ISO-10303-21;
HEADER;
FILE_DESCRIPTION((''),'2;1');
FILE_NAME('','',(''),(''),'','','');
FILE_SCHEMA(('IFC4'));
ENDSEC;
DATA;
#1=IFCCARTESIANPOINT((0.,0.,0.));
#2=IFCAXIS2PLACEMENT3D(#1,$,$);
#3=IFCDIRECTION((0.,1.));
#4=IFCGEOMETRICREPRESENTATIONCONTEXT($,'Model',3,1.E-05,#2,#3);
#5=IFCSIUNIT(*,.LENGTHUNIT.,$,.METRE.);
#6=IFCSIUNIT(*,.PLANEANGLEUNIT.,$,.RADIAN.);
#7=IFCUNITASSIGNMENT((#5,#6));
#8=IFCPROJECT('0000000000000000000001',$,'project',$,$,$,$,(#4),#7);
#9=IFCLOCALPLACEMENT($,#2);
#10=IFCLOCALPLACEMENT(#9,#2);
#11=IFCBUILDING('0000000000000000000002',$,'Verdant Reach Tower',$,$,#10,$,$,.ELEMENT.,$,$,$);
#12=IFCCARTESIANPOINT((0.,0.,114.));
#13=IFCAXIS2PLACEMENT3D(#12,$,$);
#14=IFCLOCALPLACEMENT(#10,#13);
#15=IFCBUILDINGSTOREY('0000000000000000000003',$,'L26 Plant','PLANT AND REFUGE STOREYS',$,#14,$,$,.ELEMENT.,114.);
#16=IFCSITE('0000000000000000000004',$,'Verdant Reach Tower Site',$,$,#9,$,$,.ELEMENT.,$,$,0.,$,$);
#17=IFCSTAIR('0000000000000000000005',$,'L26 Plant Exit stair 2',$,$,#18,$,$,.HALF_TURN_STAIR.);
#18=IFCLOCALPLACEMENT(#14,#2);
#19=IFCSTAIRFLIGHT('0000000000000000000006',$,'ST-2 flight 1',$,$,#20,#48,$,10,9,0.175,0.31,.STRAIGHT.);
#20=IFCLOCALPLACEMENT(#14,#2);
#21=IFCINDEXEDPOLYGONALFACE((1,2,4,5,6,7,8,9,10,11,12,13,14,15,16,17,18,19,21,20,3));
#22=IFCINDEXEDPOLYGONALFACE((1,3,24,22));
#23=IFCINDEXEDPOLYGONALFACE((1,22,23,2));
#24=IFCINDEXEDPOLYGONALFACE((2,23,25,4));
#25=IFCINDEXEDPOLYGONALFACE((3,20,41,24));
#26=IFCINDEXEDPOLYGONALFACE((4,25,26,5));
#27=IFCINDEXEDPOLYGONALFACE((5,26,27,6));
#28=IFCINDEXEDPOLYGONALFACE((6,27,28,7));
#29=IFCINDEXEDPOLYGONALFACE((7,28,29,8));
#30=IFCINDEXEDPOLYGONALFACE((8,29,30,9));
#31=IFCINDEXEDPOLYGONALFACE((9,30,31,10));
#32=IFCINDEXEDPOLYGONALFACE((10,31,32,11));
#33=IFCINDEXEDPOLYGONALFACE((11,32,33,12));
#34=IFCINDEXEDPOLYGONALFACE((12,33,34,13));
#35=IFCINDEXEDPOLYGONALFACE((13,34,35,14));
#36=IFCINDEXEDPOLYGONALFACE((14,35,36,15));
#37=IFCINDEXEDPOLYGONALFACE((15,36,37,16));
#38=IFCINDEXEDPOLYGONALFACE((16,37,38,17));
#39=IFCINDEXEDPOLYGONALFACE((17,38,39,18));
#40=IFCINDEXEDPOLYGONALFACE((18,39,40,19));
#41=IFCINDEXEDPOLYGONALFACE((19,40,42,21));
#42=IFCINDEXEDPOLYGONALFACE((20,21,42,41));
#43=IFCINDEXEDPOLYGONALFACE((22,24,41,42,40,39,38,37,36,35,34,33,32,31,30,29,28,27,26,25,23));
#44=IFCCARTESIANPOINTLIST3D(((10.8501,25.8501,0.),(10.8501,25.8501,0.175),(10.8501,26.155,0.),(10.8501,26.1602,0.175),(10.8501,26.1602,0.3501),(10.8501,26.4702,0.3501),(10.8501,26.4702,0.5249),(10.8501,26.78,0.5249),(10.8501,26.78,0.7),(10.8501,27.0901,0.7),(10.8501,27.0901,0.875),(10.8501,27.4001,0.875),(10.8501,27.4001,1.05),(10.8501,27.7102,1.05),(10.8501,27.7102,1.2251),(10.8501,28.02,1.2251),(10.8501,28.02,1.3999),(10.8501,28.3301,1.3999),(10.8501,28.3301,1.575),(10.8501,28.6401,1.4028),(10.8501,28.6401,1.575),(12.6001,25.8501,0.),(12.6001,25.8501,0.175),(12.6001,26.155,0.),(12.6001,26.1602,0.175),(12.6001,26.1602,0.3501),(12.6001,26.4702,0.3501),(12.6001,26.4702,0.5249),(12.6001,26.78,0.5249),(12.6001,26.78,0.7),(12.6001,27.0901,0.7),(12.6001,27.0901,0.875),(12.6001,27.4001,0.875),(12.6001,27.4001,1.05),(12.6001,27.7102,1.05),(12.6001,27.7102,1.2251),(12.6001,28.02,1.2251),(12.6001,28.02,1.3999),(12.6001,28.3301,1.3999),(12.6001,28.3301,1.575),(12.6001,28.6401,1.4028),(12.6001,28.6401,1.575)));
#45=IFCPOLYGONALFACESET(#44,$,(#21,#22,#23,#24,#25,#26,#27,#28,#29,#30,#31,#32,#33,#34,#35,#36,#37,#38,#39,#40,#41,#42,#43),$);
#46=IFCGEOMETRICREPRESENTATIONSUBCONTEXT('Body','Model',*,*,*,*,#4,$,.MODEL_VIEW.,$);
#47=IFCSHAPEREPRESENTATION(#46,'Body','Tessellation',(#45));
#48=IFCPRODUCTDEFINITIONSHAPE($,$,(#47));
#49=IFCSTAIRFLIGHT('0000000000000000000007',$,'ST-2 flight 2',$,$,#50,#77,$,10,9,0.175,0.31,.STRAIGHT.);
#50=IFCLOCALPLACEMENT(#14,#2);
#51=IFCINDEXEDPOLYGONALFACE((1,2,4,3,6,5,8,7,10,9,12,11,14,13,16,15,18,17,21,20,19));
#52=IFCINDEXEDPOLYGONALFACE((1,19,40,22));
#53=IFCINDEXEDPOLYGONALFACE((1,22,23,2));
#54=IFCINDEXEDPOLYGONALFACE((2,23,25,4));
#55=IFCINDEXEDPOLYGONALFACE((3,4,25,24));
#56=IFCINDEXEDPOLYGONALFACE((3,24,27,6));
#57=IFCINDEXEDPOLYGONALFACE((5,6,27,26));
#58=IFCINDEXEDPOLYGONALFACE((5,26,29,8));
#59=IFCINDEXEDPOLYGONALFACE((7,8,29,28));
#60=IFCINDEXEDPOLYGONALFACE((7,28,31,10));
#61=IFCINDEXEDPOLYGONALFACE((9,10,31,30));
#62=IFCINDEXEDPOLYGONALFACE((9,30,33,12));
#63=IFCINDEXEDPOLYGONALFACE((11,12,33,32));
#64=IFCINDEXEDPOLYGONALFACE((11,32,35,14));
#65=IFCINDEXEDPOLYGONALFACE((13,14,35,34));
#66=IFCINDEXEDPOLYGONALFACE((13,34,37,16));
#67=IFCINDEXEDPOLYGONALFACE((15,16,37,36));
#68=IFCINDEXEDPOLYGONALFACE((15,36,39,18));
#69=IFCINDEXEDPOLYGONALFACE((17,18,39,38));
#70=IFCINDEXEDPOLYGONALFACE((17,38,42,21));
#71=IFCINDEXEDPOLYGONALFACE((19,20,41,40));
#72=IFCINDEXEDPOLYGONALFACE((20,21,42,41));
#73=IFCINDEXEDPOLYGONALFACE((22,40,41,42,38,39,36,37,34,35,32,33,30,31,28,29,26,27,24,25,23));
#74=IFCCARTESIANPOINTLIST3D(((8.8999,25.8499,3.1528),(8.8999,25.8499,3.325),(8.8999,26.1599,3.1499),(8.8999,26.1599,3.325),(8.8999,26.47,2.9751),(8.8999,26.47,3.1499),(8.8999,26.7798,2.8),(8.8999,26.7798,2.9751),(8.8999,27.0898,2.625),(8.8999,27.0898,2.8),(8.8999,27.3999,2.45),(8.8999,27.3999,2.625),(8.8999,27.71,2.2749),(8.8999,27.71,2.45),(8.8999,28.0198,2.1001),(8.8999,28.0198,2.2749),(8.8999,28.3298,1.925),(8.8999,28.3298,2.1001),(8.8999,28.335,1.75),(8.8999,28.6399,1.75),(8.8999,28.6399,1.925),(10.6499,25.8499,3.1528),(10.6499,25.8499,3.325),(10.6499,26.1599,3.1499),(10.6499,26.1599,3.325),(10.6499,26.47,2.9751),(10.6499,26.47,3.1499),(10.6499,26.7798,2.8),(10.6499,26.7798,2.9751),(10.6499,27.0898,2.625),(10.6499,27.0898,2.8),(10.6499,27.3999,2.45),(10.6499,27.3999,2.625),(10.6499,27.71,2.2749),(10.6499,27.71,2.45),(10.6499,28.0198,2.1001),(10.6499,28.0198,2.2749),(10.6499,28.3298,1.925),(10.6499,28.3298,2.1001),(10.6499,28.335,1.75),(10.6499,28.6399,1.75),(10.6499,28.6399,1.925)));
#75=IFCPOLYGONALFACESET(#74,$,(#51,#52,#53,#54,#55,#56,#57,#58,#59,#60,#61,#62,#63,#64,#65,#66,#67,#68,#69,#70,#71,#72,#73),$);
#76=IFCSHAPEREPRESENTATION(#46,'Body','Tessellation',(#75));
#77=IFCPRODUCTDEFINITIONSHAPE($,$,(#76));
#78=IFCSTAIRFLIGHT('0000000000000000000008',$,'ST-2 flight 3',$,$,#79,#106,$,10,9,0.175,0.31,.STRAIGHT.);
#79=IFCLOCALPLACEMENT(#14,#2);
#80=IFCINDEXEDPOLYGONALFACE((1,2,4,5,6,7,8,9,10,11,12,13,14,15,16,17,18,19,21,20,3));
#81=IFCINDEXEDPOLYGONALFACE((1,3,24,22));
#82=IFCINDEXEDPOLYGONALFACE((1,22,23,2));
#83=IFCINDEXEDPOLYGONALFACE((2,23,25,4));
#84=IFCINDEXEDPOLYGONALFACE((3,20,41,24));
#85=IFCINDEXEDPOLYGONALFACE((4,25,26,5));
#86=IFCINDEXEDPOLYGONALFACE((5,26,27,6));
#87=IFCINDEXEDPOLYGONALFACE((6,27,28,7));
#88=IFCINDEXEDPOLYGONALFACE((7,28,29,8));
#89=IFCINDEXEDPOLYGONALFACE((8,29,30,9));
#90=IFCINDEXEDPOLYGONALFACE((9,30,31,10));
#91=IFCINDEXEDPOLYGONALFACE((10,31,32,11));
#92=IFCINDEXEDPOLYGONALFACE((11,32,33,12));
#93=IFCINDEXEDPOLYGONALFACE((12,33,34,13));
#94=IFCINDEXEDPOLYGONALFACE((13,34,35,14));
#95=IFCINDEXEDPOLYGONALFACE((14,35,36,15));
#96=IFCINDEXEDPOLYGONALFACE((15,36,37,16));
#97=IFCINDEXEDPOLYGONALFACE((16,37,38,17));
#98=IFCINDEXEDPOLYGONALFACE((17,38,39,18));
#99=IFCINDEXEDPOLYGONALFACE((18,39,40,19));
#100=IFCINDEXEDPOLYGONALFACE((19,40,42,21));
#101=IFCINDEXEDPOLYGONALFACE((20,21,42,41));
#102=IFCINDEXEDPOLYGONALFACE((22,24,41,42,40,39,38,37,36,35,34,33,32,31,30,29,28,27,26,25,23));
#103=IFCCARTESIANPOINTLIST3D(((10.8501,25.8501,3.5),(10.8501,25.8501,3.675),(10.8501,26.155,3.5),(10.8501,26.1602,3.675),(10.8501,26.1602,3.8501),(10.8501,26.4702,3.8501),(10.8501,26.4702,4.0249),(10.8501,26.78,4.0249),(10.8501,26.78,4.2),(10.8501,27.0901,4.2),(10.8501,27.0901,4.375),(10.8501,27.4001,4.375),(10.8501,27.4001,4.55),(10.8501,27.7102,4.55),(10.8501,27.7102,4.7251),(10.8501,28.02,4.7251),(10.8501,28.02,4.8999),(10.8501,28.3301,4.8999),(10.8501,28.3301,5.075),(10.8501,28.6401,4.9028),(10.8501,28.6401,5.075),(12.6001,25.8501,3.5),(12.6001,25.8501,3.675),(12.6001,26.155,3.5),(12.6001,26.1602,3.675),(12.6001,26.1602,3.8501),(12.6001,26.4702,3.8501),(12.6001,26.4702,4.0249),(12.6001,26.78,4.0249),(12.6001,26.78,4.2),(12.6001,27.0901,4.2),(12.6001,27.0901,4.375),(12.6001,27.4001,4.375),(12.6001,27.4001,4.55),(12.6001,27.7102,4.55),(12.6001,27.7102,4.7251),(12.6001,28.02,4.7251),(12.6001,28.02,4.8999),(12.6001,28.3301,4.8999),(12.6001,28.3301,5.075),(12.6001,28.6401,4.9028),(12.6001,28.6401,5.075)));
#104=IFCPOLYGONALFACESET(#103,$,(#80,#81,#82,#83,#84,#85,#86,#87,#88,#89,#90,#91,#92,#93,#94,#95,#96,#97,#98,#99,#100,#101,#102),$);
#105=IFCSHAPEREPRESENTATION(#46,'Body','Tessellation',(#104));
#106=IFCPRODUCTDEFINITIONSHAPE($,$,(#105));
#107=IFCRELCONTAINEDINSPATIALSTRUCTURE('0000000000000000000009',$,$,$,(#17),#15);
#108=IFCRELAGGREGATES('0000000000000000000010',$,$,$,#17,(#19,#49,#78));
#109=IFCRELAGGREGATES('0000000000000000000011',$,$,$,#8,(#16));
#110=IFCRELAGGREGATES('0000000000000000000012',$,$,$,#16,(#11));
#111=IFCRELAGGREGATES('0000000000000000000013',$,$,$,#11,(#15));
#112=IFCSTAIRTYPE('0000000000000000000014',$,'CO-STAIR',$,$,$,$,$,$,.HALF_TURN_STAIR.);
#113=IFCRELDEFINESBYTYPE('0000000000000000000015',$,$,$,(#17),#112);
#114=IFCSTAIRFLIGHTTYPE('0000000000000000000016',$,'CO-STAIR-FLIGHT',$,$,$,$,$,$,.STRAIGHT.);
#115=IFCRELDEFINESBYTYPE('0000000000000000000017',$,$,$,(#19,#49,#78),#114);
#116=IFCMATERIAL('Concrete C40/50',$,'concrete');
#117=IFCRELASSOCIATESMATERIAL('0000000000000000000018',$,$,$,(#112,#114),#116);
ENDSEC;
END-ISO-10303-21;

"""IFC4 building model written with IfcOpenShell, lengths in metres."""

from ifc_helpers import new_model, si_unit, direction, frame, origin, place, context, subcontext, project, spatial, polyline, outline, extrude, material, type_object, element, aggregate, save


model = new_model("IFC4")

# Units and contexts
model_context = context("Model", 3, precision=1e-05, world=origin(), true_north=direction((0.0, 1.0)))
body_context = subcontext(model_context, "Body", "Model", "MODEL_VIEW")
ifc_project = project(units=[si_unit("LENGTHUNIT", "METRE"), si_unit("PLANEANGLEUNIT", "RADIAN")], contexts=[model_context])

# Site, building, storey
site_placement = place(None, origin())
site = spatial("IfcSite", under=ifc_project, at=site_placement, Name="Verdant Reach Tower Site", CompositionType="ELEMENT", RefElevation=0.0)
building_placement = place(site_placement, origin())
building = spatial("IfcBuilding", under=site, at=building_placement, Name="Verdant Reach Tower", CompositionType="ELEMENT")
storey_placement = place(building_placement, frame((0.0, 0.0, 114.0)))
storey = spatial("IfcBuildingStorey", under=building, at=storey_placement, Name="L26 Plant", Description="PLANT AND REFUGE STOREYS", CompositionType="ELEMENT", Elevation=114.0)

# Shared definitions
ifc_material_1 = material(Name="Concrete C40/50", Category="concrete")

# Stair, stair flights
stair_type = type_object("IfcStairType", Name="CO-STAIR", PredefinedType="HALF_TURN_STAIR", material=ifc_material_1)
stair_placement = place(storey_placement, origin())
stair = element("IfcStair", 1, at=stair_placement, inside=storey, type_object=stair_type, Name="L26 Plant Exit stair 2", PredefinedType="HALF_TURN_STAIR")
stair_flight_type = type_object("IfcStairFlightType", Name="CO-STAIR-FLIGHT", PredefinedType="STRAIGHT", material=ifc_material_1)
stair_flight_1_placement = place(storey_placement, frame((11.7251, 25.8501, 0.0), z_axis=(0.0, 0.0, 1.0), x_axis=(0.0, 1.0, 0.0)))
stair_flight_1 = element("IfcStairFlight", 2, at=stair_flight_1_placement, type_object=stair_flight_type, Name="ST-2 flight 1", NumberOfRisers=10, NumberOfTreads=9, PredefinedType="STRAIGHT", RiserHeight=0.175, TreadLength=0.31, context=body_context, shape_type="SweptSolid", body=[
    extrude(outline(polyline([(0.0, 0.0), (0.0, 0.175), (0.3101, 0.175), (0.3101, 0.3501), (0.6201, 0.3501), (0.6201, 0.5249), (0.9299, 0.5249), (0.9299, 0.7), (1.24, 0.7), (1.24, 0.875), (1.55, 0.875), (1.55, 1.05), (1.8601, 1.05), (1.8601, 1.2251), (2.1699, 1.2251), (2.1699, 1.3999), (2.48, 1.3999), (2.48, 1.575), (2.79, 1.575), (2.79, 1.75), (2.79, 1.4028), (0.3049, 0.0), (0.0, 0.0)])), frame((0.0, 0.875, 0.0), z_axis=(0.0, -1.0, 0.0), x_axis=(1.0, 0.0, 0.0)), (0.0, 0.0, 1.0), 1.75),
])
stair_flight_2_placement = place(storey_placement, frame((9.7749, 28.6399, 1.75), z_axis=(0.0, 0.0, 1.0), x_axis=(0.0, -1.0, 0.0)))
stair_flight_2 = element("IfcStairFlight", 3, at=stair_flight_2_placement, type_object=stair_flight_type, Name="ST-2 flight 2", NumberOfRisers=10, NumberOfTreads=9, PredefinedType="STRAIGHT", RiserHeight=0.175, TreadLength=0.31, context=body_context, shape_type="SweptSolid", body=[
    extrude(outline(polyline([(0.0, 0.0), (0.0, 0.175), (0.3101, 0.175), (0.3101, 0.3501), (0.6201, 0.3501), (0.6201, 0.5249), (0.9299, 0.5249), (0.9299, 0.7), (1.24, 0.7), (1.24, 0.875), (1.55, 0.875), (1.55, 1.05), (1.8601, 1.05), (1.8601, 1.2251), (2.1699, 1.2251), (2.1699, 1.3999), (2.48, 1.3999), (2.48, 1.575), (2.79, 1.575), (2.79, 1.75), (2.79, 1.4028), (0.3049, 0.0), (0.0, 0.0)])), frame((0.0, 0.875, 0.0), z_axis=(0.0, -1.0, 0.0), x_axis=(1.0, 0.0, 0.0)), (0.0, 0.0, 1.0), 1.75),
])
stair_flight_3_placement = place(storey_placement, frame((11.7251, 25.8501, 3.5), z_axis=(0.0, 0.0, 1.0), x_axis=(0.0, 1.0, 0.0)))
stair_flight_3 = element("IfcStairFlight", 4, at=stair_flight_3_placement, type_object=stair_flight_type, Name="ST-2 flight 3", NumberOfRisers=10, NumberOfTreads=9, PredefinedType="STRAIGHT", RiserHeight=0.175, TreadLength=0.31, context=body_context, shape_type="SweptSolid", body=[
    extrude(outline(polyline([(0.0, 0.0), (0.0, 0.175), (0.3101, 0.175), (0.3101, 0.3501), (0.6201, 0.3501), (0.6201, 0.5249), (0.9299, 0.5249), (0.9299, 0.7), (1.24, 0.7), (1.24, 0.875), (1.55, 0.875), (1.55, 1.05), (1.8601, 1.05), (1.8601, 1.2251), (2.1699, 1.2251), (2.1699, 1.3999), (2.48, 1.3999), (2.48, 1.575), (2.79, 1.575), (2.79, 1.75), (2.79, 1.4028), (0.3049, 0.0), (0.0, 0.0)])), frame((0.0, 0.875, 0.0), z_axis=(0.0, -1.0, 0.0), x_axis=(1.0, 0.0, 0.0)), (0.0, 0.0, 1.0), 1.75),
])
aggregate(stair, [stair_flight_1, stair_flight_2, stair_flight_3])

save(model, "model.ifc")
